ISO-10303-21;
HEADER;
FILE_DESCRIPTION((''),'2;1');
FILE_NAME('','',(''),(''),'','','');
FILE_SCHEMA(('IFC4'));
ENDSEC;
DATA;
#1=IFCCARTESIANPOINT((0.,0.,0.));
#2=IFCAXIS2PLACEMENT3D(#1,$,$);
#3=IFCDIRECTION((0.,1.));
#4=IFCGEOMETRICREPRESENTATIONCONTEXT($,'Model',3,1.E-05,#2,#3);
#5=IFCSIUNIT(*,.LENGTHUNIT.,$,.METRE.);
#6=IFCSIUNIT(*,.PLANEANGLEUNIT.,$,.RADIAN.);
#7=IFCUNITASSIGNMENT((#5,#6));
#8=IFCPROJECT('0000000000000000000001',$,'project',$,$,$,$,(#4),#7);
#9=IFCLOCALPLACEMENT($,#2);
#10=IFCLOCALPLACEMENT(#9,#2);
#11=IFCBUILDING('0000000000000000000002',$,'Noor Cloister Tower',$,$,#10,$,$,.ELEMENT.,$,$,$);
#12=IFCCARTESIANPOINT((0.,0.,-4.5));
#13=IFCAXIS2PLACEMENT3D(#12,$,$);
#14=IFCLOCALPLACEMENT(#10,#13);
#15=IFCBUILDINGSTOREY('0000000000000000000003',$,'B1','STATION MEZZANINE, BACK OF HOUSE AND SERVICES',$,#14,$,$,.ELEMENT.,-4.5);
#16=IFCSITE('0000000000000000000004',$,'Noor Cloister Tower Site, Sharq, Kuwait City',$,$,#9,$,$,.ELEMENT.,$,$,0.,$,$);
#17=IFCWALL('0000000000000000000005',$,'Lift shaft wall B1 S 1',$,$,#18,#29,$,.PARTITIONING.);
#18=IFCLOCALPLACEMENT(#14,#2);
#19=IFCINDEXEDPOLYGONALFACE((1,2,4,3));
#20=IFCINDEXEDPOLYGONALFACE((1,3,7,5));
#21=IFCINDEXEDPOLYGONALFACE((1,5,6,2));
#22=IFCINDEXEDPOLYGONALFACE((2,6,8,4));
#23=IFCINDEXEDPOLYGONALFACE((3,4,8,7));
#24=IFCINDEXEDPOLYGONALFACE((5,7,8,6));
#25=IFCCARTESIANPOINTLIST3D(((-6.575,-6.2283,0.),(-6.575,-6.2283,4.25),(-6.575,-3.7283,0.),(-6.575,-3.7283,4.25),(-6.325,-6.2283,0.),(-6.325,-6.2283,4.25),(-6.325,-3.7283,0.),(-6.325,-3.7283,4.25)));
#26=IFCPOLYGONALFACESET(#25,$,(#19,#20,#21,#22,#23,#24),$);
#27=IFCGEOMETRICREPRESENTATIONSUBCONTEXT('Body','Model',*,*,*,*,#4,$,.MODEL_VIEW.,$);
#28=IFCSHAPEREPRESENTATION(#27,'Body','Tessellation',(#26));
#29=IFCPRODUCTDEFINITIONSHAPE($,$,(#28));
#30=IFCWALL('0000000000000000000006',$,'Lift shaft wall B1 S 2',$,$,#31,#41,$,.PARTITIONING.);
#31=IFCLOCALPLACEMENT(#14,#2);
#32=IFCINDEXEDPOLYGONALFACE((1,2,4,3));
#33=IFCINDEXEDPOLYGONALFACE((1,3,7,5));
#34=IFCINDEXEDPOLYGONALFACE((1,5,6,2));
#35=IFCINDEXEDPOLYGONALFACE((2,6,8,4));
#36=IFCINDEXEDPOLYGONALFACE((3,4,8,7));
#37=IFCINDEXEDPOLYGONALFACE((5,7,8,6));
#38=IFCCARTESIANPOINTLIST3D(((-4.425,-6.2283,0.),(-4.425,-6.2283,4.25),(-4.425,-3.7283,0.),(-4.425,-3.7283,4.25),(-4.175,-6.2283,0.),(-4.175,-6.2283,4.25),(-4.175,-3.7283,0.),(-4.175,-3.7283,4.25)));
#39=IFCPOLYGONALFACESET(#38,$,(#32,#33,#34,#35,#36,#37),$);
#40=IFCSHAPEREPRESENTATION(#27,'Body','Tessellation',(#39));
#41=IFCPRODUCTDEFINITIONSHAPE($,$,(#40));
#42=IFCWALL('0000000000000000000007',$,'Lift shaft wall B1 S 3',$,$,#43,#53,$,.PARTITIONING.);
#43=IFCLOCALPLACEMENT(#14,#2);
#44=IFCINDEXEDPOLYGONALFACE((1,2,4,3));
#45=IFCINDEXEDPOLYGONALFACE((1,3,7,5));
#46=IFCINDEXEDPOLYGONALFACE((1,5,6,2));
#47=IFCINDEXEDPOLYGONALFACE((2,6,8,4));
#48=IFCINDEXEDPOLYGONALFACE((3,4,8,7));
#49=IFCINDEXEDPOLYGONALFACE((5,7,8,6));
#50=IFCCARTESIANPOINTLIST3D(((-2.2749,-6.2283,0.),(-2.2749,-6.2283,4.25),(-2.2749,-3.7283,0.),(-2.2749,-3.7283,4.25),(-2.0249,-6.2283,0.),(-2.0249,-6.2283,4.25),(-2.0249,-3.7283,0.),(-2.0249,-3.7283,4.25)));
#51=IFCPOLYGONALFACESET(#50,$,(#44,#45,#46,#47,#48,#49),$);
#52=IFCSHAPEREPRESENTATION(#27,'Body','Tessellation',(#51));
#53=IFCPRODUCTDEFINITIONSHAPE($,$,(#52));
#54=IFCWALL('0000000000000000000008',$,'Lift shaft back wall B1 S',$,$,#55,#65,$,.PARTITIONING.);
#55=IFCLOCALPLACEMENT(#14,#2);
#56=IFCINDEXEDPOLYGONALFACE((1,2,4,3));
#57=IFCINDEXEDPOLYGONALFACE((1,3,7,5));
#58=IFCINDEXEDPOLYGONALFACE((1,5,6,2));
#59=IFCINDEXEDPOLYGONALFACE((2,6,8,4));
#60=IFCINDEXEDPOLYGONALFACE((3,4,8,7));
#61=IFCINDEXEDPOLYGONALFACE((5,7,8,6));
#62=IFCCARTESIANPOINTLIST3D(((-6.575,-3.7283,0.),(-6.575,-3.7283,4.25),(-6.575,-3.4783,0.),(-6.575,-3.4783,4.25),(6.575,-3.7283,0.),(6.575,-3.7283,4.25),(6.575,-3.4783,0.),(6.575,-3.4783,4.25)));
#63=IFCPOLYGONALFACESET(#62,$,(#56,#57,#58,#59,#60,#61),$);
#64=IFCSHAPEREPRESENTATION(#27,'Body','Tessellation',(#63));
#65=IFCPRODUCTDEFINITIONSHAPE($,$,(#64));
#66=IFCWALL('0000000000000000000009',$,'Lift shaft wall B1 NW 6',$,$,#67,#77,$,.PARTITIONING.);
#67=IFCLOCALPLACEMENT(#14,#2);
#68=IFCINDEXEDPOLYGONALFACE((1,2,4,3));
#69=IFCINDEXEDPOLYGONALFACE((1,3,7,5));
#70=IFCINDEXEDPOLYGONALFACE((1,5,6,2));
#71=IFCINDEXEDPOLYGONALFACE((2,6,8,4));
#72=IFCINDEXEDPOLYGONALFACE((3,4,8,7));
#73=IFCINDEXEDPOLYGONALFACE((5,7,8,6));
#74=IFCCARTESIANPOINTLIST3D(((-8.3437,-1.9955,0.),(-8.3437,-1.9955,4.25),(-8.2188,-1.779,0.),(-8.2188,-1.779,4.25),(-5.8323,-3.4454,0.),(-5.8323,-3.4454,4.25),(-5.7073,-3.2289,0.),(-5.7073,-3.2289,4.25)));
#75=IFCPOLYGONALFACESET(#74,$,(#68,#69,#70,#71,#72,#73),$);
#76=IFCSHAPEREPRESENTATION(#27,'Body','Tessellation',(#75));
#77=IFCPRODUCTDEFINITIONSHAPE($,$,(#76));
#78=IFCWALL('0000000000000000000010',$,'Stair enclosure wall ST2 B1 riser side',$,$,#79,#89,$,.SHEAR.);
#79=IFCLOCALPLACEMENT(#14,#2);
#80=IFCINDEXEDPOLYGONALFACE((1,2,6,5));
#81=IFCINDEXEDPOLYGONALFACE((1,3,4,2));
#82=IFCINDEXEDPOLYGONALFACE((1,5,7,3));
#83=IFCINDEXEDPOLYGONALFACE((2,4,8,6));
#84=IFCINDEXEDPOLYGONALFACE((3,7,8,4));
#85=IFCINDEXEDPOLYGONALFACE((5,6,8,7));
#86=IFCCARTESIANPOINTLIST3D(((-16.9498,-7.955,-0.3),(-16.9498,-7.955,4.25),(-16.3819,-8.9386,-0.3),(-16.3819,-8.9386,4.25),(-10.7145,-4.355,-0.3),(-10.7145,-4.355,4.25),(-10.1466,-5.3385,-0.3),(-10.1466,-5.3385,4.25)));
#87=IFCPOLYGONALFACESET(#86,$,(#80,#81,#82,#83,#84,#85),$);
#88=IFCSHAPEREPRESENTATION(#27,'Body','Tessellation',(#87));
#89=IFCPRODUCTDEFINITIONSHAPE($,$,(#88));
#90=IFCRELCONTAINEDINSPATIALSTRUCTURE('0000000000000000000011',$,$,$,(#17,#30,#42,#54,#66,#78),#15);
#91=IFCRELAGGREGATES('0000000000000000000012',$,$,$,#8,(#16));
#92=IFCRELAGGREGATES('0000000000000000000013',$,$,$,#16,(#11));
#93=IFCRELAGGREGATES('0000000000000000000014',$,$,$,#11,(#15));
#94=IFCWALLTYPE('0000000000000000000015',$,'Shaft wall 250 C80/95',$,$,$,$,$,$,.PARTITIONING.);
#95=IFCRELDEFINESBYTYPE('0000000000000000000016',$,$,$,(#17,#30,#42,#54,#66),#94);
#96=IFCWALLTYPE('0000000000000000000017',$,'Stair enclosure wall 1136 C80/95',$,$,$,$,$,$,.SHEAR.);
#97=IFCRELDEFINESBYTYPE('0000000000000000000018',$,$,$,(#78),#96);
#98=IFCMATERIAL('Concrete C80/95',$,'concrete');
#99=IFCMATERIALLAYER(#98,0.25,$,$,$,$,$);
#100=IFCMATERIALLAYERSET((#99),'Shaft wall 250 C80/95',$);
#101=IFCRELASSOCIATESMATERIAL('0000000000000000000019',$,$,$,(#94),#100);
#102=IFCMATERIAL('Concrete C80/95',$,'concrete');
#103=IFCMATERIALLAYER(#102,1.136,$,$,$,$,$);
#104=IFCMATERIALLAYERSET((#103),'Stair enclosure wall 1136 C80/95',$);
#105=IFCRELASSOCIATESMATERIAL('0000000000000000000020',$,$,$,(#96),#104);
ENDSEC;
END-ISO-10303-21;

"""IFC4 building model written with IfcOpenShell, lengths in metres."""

from ifc_helpers import new_model, si_unit, direction, frame, frame_2d, origin, place, context, subcontext, project, spatial, rectangle, extrude, material, layer, layer_set, type_object, element, save


model = new_model("IFC4")

# Units and contexts
model_context = context("Model", 3, precision=1e-05, world=origin(), true_north=direction((0.0, 1.0)))
body_context = subcontext(model_context, "Body", "Model", "MODEL_VIEW")
ifc_project = project(units=[si_unit("LENGTHUNIT", "METRE"), si_unit("PLANEANGLEUNIT", "RADIAN")], contexts=[model_context])

# Site, building, storey
site_placement = place(None, origin())
site = spatial("IfcSite", under=ifc_project, at=site_placement, Name="Noor Cloister Tower Site, Sharq, Kuwait City", CompositionType="ELEMENT", RefElevation=0.0)
building_placement = place(site_placement, origin())
building = spatial("IfcBuilding", under=site, at=building_placement, Name="Noor Cloister Tower", CompositionType="ELEMENT")
storey_placement = place(building_placement, frame((0.0, 0.0, -4.5)))
storey = spatial("IfcBuildingStorey", under=building, at=storey_placement, Name="B1", Description="STATION MEZZANINE, BACK OF HOUSE AND SERVICES", CompositionType="ELEMENT", Elevation=-4.5)

# Walls
ifc_material_1 = material(Name="Concrete C80/95", Category="concrete")
ifc_layer_1 = layer(ifc_material_1, 0.25)
ifc_layer_set_1 = layer_set([ifc_layer_1], Name="Shaft wall 250 C80/95")
wall_type_1 = type_object("IfcWallType", Name="Shaft wall 250 C80/95", PredefinedType="PARTITIONING", material=ifc_layer_set_1)
for number, where, z_axis, x_axis, name in (
    (1, (-6.45, -6.2283, 0.0), (0.0, 0.0, 1.0), (0.0, 1.0, 0.0), "Lift shaft wall B1 S 1"),
    (2, (-4.3, -6.2283, 0.0), (0.0, 0.0, 1.0), (0.0, 1.0, 0.0), "Lift shaft wall B1 S 2"),
    (3, (-2.1499, -6.2283, 0.0), (0.0, 0.0, 1.0), (0.0, 1.0, 0.0), "Lift shaft wall B1 S 3"),
):
    element("IfcWall", number, at=place(storey_placement, frame(where, z_axis=z_axis, x_axis=x_axis)), inside=storey, type_object=wall_type_1, Name=name, PredefinedType="PARTITIONING", context=body_context, shape_type="SweptSolid", body=[
        extrude(rectangle(XDim=2.5, YDim=0.25, at=frame_2d((1.25, 0.0))), origin(), (0.0, 0.0, 1.0), 4.25),
    ])
wall_1_placement = place(storey_placement, frame((-6.575, -3.6033, 0.0), z_axis=(0.0, 0.0, 1.0), x_axis=(1.0, 0.0, 0.0)))
element("IfcWall", 4, at=wall_1_placement, inside=storey, type_object=wall_type_1, Name="Lift shaft back wall B1 S", PredefinedType="PARTITIONING", context=body_context, shape_type="SweptSolid", body=[
    extrude(rectangle(XDim=13.1499, YDim=0.25, at=frame_2d((6.575, 0.0))), origin(), (0.0, 0.0, 1.0), 4.25),
])
wall_2_placement = place(storey_placement, frame((-8.2812, -1.8872, 0.0), z_axis=(0.0, 0.0, 1.0), x_axis=(0.866033, -0.499987, 0.0)))
element("IfcWall", 5, at=wall_2_placement, inside=storey, type_object=wall_type_1, Name="Lift shaft wall B1 NW 6", PredefinedType="PARTITIONING", context=body_context, shape_type="SweptSolid", body=[
    extrude(rectangle(XDim=2.8999, YDim=0.25, at=frame_2d((1.45, 0.0))), origin(), (0.0, 0.0, 1.0), 4.25),
])
ifc_material_2 = material(Name="Concrete C80/95", Category="concrete")
ifc_layer_2 = layer(ifc_material_2, 1.136)
ifc_layer_set_2 = layer_set([ifc_layer_2], Name="Stair enclosure wall 1136 C80/95")
wall_type_2 = type_object("IfcWallType", Name="Stair enclosure wall 1136 C80/95", PredefinedType="SHEAR", material=ifc_layer_set_2)
wall_3_placement = place(storey_placement, frame((-10.4304, -4.8467, -0.3), z_axis=(0.0, 0.0, 1.0), x_axis=(-0.866018, -0.500012, 0.0)))
element("IfcWall", 6, at=wall_3_placement, inside=storey, type_object=wall_type_2, Name="Stair enclosure wall ST2 B1 riser side", PredefinedType="SHEAR", context=body_context, shape_type="SweptSolid", body=[
    extrude(rectangle(XDim=7.2, YDim=1.1357, at=frame_2d((3.6001, 0.0))), origin(), (0.0, 0.0, 1.0), 4.55),
])

save(model, "model.ifc")
